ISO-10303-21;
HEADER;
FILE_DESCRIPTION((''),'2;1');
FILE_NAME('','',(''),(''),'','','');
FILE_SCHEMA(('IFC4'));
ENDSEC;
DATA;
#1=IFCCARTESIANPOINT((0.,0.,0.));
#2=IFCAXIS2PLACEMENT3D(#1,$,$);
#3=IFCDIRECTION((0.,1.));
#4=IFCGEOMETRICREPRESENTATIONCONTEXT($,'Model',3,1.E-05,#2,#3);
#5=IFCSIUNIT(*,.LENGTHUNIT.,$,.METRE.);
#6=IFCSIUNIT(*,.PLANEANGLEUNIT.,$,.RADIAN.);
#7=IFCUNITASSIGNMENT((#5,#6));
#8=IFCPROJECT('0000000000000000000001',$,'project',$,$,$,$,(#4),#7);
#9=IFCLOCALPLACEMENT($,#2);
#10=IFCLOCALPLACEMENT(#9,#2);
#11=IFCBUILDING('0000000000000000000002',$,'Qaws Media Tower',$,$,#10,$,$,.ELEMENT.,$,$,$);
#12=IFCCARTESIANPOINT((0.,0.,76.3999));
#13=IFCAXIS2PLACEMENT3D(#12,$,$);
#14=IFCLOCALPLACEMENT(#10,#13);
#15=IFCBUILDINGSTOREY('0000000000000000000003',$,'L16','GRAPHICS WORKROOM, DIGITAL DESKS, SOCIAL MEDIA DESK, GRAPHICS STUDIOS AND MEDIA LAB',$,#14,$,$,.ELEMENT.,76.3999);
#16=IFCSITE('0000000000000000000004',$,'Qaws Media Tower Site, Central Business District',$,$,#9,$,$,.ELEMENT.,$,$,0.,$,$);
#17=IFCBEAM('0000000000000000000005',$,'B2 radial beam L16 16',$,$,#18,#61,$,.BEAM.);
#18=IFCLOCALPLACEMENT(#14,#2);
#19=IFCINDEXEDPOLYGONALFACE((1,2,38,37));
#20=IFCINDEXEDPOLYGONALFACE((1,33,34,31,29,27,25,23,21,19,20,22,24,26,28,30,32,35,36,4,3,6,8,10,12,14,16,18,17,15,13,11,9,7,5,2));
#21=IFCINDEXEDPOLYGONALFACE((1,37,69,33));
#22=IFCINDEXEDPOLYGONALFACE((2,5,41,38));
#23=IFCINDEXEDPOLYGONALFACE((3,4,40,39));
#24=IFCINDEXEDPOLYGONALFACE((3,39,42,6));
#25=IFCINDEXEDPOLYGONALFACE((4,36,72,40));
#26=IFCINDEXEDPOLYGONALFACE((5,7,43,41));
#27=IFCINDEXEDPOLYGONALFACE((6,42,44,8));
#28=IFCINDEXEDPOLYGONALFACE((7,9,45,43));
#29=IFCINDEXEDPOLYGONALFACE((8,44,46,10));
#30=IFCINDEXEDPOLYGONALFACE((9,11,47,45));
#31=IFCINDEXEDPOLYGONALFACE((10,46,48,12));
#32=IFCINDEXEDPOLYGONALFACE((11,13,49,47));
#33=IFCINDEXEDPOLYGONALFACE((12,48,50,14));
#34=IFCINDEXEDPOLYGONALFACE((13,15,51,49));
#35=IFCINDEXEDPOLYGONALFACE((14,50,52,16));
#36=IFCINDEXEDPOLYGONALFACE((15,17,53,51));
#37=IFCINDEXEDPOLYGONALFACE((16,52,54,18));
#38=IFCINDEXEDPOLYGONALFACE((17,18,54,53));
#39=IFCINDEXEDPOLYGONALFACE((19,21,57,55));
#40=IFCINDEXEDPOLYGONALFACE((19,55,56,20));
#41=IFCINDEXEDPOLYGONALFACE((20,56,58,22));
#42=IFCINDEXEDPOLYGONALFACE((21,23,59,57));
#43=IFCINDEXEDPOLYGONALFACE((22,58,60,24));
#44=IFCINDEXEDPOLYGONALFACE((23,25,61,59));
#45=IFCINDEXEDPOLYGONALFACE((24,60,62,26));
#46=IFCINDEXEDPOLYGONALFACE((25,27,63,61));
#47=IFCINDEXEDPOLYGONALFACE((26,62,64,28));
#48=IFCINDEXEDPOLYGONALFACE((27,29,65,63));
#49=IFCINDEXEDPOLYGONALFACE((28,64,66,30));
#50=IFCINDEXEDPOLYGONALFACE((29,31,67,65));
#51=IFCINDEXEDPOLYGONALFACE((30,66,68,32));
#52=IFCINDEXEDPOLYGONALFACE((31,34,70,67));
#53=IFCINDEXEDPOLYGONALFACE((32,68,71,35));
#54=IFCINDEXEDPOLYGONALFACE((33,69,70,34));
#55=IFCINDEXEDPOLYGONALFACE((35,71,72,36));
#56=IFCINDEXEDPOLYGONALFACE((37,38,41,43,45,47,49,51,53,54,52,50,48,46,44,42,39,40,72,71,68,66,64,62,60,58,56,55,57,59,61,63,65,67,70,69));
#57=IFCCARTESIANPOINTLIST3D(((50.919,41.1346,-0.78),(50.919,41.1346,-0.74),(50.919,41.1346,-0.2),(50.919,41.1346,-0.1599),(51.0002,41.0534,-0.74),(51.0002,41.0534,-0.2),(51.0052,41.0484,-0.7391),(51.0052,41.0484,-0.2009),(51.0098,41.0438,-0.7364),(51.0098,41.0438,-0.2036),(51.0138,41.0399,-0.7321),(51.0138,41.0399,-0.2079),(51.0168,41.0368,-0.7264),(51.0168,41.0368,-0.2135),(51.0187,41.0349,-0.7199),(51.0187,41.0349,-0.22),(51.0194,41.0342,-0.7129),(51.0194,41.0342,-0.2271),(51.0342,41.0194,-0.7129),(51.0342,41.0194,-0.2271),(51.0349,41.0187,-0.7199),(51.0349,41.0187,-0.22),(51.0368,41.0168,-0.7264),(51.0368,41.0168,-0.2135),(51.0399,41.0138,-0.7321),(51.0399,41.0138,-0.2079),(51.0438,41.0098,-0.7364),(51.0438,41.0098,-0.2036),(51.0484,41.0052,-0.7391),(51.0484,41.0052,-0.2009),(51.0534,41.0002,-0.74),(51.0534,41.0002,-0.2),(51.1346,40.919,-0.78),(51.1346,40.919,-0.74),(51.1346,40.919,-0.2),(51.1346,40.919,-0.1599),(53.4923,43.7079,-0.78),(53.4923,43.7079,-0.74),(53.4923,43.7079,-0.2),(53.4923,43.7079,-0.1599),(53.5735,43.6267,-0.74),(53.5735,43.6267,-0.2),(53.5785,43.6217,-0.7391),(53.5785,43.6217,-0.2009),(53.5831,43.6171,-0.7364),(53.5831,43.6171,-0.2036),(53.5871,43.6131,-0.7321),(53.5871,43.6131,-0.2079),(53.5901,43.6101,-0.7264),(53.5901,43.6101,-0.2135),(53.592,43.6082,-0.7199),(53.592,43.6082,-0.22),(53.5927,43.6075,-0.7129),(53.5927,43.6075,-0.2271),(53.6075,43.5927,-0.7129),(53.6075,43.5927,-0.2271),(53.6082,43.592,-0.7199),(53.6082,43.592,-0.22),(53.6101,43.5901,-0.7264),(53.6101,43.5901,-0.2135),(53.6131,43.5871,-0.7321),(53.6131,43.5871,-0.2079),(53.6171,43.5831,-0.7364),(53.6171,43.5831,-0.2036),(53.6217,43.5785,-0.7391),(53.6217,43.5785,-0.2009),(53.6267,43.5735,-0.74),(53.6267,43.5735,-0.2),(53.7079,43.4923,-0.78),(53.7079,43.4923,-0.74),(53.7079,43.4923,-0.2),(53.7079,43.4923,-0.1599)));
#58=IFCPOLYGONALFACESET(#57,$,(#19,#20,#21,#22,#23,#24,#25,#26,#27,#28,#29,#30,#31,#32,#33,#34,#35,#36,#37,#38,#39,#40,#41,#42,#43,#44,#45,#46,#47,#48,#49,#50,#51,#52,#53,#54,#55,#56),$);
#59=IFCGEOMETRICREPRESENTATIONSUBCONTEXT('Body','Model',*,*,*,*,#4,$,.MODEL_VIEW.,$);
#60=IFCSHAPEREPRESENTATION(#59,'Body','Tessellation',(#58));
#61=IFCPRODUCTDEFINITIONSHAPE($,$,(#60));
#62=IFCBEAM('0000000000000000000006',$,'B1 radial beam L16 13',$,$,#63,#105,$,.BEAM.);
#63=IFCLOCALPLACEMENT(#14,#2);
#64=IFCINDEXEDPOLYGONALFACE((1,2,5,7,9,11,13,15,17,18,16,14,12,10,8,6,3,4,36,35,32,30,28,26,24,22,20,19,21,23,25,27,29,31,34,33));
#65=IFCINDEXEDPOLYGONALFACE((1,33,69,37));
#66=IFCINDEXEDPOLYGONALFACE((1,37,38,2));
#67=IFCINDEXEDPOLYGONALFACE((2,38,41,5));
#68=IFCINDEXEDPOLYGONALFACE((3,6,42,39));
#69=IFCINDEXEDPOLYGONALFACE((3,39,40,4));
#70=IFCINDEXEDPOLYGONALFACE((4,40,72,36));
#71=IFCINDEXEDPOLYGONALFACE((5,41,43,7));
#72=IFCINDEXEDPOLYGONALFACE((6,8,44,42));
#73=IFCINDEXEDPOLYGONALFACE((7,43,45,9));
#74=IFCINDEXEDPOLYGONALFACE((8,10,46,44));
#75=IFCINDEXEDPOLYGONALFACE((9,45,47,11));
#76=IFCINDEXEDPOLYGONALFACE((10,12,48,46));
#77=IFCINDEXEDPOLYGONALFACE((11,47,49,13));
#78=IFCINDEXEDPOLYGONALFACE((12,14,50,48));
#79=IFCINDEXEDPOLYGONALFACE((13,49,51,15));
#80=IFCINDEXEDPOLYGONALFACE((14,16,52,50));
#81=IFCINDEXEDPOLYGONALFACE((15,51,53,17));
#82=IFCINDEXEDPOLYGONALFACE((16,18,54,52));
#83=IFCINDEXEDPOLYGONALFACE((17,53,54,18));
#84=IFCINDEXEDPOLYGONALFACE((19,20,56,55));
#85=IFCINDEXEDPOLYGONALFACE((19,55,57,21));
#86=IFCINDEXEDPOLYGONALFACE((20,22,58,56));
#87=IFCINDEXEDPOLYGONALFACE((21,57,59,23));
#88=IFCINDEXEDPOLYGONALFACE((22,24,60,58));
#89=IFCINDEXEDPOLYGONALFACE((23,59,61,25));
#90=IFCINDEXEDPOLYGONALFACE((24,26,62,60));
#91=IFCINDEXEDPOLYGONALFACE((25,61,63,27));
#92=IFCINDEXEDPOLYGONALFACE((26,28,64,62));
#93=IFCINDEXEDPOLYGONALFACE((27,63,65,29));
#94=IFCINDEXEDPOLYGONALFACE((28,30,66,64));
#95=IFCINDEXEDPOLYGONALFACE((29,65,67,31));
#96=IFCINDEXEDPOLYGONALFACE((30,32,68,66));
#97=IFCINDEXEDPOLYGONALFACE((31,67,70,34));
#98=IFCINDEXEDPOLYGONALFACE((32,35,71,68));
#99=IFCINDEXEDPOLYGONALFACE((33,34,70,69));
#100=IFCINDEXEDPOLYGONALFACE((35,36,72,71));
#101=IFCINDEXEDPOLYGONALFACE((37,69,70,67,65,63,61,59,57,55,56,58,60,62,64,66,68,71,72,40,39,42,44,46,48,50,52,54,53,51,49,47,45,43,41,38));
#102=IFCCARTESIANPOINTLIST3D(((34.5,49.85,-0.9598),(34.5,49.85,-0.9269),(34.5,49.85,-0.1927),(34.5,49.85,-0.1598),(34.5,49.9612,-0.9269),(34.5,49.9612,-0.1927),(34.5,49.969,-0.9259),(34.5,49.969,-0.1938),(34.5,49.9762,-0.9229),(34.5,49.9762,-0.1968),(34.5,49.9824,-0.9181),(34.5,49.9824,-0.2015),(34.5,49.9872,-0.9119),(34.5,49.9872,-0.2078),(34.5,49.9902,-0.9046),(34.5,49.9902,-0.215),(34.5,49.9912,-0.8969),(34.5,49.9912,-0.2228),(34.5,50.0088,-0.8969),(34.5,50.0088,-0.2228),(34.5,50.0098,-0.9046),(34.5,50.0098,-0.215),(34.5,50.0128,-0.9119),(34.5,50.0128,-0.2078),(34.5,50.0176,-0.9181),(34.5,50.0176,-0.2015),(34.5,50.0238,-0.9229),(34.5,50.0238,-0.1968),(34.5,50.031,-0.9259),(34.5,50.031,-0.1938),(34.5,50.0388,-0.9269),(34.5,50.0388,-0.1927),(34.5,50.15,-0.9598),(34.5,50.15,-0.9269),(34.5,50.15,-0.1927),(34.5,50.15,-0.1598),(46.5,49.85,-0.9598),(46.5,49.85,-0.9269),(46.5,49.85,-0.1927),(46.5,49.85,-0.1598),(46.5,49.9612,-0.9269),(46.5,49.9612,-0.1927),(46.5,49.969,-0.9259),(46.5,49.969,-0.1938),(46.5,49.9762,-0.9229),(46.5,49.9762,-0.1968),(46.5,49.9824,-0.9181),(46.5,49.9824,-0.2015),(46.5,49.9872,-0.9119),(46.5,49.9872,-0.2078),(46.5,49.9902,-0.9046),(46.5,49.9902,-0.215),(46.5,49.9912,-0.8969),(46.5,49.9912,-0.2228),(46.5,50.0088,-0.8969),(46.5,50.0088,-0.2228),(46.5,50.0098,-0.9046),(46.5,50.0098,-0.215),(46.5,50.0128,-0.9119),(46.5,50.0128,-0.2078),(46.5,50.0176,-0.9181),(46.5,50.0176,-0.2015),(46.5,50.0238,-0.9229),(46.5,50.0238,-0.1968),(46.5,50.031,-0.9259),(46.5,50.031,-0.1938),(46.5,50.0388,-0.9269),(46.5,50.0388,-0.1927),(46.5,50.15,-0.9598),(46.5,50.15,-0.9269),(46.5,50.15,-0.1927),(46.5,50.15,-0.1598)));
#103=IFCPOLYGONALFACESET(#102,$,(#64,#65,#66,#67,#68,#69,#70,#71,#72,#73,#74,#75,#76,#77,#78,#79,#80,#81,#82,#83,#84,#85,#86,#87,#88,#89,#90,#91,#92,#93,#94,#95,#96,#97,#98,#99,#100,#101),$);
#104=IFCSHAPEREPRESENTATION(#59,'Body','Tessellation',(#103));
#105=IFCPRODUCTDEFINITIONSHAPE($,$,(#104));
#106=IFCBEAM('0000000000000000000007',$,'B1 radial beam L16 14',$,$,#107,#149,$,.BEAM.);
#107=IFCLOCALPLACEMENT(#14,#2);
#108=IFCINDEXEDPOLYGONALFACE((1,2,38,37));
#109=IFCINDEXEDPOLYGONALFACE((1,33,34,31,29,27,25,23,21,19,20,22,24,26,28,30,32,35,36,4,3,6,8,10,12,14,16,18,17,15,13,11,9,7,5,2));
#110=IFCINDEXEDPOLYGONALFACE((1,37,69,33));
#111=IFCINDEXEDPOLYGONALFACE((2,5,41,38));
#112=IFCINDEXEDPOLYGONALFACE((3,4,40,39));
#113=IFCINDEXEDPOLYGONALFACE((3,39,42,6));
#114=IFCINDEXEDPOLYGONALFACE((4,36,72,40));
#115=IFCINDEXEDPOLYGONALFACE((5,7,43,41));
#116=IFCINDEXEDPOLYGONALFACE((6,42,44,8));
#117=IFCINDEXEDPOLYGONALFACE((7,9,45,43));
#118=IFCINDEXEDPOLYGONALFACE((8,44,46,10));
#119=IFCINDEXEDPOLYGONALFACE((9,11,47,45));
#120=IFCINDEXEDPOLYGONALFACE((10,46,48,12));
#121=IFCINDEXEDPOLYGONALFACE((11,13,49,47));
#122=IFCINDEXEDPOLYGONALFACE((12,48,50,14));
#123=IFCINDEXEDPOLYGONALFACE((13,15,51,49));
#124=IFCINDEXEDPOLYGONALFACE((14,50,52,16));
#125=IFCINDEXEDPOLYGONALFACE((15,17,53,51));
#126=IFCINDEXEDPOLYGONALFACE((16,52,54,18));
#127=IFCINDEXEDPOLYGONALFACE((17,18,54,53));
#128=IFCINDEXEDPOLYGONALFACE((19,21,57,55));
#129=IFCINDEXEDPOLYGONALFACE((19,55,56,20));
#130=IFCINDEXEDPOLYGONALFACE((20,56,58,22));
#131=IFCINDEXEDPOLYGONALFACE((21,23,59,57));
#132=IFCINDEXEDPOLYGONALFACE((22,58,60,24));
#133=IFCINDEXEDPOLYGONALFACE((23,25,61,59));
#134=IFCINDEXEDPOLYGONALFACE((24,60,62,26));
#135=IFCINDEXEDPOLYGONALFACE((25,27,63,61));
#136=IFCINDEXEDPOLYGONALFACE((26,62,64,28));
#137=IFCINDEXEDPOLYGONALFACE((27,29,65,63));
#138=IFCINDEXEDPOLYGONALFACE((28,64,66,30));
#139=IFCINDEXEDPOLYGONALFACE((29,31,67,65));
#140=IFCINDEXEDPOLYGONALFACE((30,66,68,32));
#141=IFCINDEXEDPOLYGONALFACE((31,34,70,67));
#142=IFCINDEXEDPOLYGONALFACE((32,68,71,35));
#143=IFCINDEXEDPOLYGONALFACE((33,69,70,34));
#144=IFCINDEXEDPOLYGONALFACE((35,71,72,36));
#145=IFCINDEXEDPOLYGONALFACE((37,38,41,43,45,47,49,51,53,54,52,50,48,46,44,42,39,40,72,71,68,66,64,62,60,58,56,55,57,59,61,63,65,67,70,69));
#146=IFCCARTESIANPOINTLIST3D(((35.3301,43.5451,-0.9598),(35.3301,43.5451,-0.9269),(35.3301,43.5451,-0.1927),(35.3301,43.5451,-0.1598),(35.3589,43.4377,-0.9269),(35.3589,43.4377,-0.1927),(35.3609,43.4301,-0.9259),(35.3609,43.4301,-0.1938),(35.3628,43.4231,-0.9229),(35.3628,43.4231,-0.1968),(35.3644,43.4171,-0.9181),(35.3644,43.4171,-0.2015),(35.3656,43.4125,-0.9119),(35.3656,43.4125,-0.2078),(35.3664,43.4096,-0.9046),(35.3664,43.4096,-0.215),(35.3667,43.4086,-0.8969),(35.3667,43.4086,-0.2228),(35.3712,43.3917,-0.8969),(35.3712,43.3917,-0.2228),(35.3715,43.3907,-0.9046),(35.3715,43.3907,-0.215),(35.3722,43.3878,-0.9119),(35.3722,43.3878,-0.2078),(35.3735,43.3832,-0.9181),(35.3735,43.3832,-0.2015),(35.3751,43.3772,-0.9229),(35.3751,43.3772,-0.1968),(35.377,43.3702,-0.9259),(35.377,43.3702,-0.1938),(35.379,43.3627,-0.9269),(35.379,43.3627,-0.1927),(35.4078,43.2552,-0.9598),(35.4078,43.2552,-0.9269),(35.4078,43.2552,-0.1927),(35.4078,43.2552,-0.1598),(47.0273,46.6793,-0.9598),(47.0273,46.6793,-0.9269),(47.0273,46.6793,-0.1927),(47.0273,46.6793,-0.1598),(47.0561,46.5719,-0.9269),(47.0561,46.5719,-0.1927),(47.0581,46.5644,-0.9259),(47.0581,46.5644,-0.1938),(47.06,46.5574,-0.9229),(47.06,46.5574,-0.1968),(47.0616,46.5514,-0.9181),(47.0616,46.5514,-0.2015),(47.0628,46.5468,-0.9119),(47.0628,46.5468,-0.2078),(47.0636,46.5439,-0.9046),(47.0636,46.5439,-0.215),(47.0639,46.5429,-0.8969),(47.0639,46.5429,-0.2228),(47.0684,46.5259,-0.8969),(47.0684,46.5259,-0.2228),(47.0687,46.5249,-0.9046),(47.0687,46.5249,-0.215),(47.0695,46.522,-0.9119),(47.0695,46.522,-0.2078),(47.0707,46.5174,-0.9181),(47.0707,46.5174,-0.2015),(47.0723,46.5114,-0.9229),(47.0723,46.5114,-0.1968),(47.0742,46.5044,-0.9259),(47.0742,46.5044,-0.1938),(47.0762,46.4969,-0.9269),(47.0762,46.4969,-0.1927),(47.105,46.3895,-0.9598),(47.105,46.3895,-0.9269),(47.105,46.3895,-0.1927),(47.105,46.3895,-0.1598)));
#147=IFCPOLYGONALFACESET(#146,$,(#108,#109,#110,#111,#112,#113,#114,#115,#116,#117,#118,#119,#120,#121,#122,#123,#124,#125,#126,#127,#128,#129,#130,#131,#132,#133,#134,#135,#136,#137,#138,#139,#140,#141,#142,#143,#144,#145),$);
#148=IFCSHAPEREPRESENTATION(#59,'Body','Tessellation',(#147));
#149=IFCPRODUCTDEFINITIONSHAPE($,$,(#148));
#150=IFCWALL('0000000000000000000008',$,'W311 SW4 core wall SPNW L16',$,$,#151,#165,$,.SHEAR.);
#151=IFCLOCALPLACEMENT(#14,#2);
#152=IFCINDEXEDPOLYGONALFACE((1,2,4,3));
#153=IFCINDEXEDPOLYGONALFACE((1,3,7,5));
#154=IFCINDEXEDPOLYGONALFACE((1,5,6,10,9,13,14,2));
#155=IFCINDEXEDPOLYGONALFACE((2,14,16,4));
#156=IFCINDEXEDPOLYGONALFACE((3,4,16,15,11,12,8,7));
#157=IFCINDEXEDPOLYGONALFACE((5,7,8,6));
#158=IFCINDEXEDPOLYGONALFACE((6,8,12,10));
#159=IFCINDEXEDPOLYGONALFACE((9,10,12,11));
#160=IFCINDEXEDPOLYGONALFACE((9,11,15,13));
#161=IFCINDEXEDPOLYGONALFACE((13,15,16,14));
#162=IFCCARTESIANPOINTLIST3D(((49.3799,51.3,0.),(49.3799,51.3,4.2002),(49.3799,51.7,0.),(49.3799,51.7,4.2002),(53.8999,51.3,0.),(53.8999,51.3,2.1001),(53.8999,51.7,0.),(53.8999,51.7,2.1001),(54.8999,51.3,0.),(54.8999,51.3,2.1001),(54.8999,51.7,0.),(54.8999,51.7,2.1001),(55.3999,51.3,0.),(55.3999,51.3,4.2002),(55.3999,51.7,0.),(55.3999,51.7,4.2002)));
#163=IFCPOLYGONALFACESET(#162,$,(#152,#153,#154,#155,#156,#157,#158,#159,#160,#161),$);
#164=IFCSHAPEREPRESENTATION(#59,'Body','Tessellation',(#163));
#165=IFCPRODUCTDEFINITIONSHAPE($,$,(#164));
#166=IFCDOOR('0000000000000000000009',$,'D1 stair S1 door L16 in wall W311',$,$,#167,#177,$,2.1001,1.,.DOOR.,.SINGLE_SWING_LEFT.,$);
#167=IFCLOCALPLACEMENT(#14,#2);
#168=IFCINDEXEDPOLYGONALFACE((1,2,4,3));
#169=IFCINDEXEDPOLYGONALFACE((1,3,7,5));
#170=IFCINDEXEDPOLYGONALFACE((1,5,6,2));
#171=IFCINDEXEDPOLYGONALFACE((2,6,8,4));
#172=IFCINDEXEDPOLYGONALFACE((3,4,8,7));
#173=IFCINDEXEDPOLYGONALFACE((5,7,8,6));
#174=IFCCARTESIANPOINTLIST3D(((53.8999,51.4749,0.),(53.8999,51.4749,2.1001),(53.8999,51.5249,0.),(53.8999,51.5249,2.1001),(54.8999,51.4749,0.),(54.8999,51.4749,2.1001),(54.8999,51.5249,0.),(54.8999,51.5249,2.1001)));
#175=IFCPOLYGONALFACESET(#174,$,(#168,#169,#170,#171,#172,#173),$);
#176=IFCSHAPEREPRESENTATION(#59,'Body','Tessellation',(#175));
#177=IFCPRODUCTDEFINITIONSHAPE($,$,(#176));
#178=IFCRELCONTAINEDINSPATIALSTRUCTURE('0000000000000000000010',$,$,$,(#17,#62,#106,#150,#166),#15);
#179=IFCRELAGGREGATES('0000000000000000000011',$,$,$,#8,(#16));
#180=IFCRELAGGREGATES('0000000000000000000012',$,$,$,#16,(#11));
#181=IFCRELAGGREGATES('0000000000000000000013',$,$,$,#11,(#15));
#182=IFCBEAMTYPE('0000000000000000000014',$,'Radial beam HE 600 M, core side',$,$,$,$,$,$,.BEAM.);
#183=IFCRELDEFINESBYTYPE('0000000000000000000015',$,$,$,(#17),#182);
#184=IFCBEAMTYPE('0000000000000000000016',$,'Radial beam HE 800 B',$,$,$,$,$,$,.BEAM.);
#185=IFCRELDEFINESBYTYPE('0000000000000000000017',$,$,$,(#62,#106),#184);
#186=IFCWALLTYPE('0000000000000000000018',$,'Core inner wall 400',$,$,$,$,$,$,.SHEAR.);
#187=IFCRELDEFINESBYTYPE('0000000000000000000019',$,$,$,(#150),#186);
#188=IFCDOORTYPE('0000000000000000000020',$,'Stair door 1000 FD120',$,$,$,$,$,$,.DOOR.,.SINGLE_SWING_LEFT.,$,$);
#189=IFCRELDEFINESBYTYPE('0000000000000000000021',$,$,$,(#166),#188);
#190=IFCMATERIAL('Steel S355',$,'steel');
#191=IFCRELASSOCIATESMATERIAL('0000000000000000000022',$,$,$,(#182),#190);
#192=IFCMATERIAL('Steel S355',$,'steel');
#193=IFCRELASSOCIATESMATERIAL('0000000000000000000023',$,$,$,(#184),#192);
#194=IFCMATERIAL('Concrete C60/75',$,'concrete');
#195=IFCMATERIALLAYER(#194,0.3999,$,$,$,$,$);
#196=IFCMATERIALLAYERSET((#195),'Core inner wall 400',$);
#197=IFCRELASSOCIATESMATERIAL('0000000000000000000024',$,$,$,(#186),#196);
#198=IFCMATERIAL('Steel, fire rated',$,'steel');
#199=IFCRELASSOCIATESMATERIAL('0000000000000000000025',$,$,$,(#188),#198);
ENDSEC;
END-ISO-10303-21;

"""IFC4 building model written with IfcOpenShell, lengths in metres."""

from ifc_helpers import new_model, si_unit, direction, frame, frame_2d, origin, origin_2d, place, context, subcontext, project, spatial, rectangle, i_section, extrude, material, layer, layer_set, material_profile, profile_set, type_object, element, fill, save


model = new_model("IFC4")

# Units and contexts
model_context = context("Model", 3, precision=1e-05, world=origin(), true_north=direction((0.0, 1.0)))
body_context = subcontext(model_context, "Body", "Model", "MODEL_VIEW")
ifc_project = project(units=[si_unit("LENGTHUNIT", "METRE"), si_unit("PLANEANGLEUNIT", "RADIAN")], contexts=[model_context])

# Site, building, storey
site_placement = place(None, origin())
site = spatial("IfcSite", under=ifc_project, at=site_placement, Name="Qaws Media Tower Site, Central Business District", CompositionType="ELEMENT", RefElevation=0.0)
building_placement = place(site_placement, origin())
building = spatial("IfcBuilding", under=site, at=building_placement, Name="Qaws Media Tower", CompositionType="ELEMENT")
storey_placement = place(building_placement, frame((0.0, 0.0, 76.3999)))
storey = spatial("IfcBuildingStorey", under=building, at=storey_placement, Name="L16", Description="GRAPHICS WORKROOM, DIGITAL DESKS, SOCIAL MEDIA DESK, GRAPHICS STUDIOS AND MEDIA LAB", CompositionType="ELEMENT", Elevation=76.3999)

# Beams
ifc_material_1 = material(Name="Steel S355", Category="steel")
ifc_material_profile_1 = material_profile(ifc_material_1, i_section(OverallWidth=0.3049, OverallDepth=0.6201, WebThickness=0.021, FlangeThickness=0.04, FilletRadius=0.0271, at=origin_2d()), Name="HE 600 M")
ifc_profile_set_1 = profile_set([ifc_material_profile_1], Name="Steel S355")
beam_type_1 = type_object("IfcBeamType", Name="Radial beam HE 600 M, core side", PredefinedType="BEAM", material=ifc_profile_set_1)
beam_1_placement = place(storey_placement, frame((53.6001, 43.6001, -0.47), z_axis=(-0.707107, -0.707107, 0.0), x_axis=(0.707107, -0.707107, 0.0)))
element("IfcBeam", 1, at=beam_1_placement, inside=storey, type_object=beam_type_1, Name="B2 radial beam L16 16", PredefinedType="BEAM", context=body_context, shape_type="SweptSolid", body=[
    extrude(i_section(OverallWidth=0.3049, OverallDepth=0.6201, WebThickness=0.021, FlangeThickness=0.04, FilletRadius=0.0271, at=origin_2d()), origin(), (0.0, 0.0, 1.0), 3.6392),
])
ifc_material_2 = material(Name="Steel S355", Category="steel")
ifc_material_profile_2 = material_profile(ifc_material_2, i_section(OverallWidth=0.3, OverallDepth=0.8, WebThickness=0.0176, FlangeThickness=0.033, FilletRadius=0.03, at=origin_2d()), Name="HE 800 B")
ifc_profile_set_2 = profile_set([ifc_material_profile_2], Name="Steel S355")
beam_type_2 = type_object("IfcBeamType", Name="Radial beam HE 800 B", PredefinedType="BEAM", material=ifc_profile_set_2)
beam_2_placement = place(storey_placement, frame((46.5, 50.0, -0.5598), z_axis=(-1.0, 0.0, 0.0), x_axis=(0.0, -1.0, 0.0)))
element("IfcBeam", 2, at=beam_2_placement, inside=storey, type_object=beam_type_2, Name="B1 radial beam L16 13", PredefinedType="BEAM", context=body_context, shape_type="SweptSolid", body=[
    extrude(i_section(OverallWidth=0.3, OverallDepth=0.8, WebThickness=0.0176, FlangeThickness=0.033, FilletRadius=0.03, at=origin_2d()), origin(), (0.0, 0.0, 1.0), 12.0),
])
beam_3_placement = place(storey_placement, frame((47.0662, 46.5344, -0.5598), z_axis=(-0.965926, -0.258819, 0.0), x_axis=(0.258819, -0.965926, 0.0)))
element("IfcBeam", 3, at=beam_3_placement, inside=storey, type_object=beam_type_2, Name="B1 radial beam L16 14", PredefinedType="BEAM", context=body_context, shape_type="SweptSolid", body=[
    extrude(i_section(OverallWidth=0.3, OverallDepth=0.8, WebThickness=0.0176, FlangeThickness=0.033, FilletRadius=0.03, at=origin_2d()), origin(), (0.0, 0.0, 1.0), 12.1099),
])

# Wall, opening, door
ifc_material_3 = material(Name="Concrete C60/75", Category="concrete")
ifc_layer_1 = layer(ifc_material_3, 0.3999)
ifc_layer_set_1 = layer_set([ifc_layer_1], Name="Core inner wall 400")
wall_type_1 = type_object("IfcWallType", Name="Core inner wall 400", PredefinedType="SHEAR", material=ifc_layer_set_1)
wall_1_placement = place(storey_placement, frame((49.3799, 51.5, 0.0), z_axis=(0.0, 0.0, 1.0), x_axis=(1.0, 0.0, 0.0)))
wall_1 = element("IfcWall", 4, at=wall_1_placement, inside=storey, type_object=wall_type_1, Name="W311 SW4 core wall SPNW L16", PredefinedType="SHEAR", context=body_context, shape_type="SweptSolid", body=[
    extrude(rectangle(XDim=6.02, YDim=0.3999, at=frame_2d((3.01, 0.0))), origin(), (0.0, 0.0, 1.0), 4.2002),
])
opening_1_placement = place(wall_1_placement, frame((4.52, 0.0, 0.0)))
opening_1 = element("IfcOpeningElement", 5, at=opening_1_placement, cuts=wall_1, PredefinedType="OPENING", context=body_context, shape_type="SweptSolid", body=[
    extrude(rectangle(XDim=1.0, YDim=2.1001, at=frame_2d((0.5, 1.05))), frame((0.0, 0.21, 0.0), z_axis=(0.0, -1.0, 0.0), x_axis=(1.0, 0.0, 0.0)), (0.0, 0.0, 1.0), 0.4199),
])
ifc_material_4 = material(Name="Steel, fire rated", Category="steel")
door_type_1 = type_object("IfcDoorType", Name="Stair door 1000 FD120", OperationType="SINGLE_SWING_LEFT", PredefinedType="DOOR", material=ifc_material_4)
door_1_placement = place(opening_1_placement, origin())
door_1 = element("IfcDoor", 6, at=door_1_placement, inside=storey, type_object=door_type_1, Name="D1 stair S1 door L16 in wall W311", OperationType="SINGLE_SWING_LEFT", OverallHeight=2.1001, OverallWidth=1.0, PredefinedType="DOOR", context=body_context, shape_type="SweptSolid", body=[
    extrude(rectangle(XDim=1.0, YDim=2.1001, at=frame_2d((0.5, 1.05))), frame((0.0, 0.0249, 0.0), z_axis=(0.0, -1.0, 0.0), x_axis=(1.0, 0.0, 0.0)), (0.0, 0.0, 1.0), 0.05),
])
fill(opening_1, door_1)

save(model, "model.ifc")
